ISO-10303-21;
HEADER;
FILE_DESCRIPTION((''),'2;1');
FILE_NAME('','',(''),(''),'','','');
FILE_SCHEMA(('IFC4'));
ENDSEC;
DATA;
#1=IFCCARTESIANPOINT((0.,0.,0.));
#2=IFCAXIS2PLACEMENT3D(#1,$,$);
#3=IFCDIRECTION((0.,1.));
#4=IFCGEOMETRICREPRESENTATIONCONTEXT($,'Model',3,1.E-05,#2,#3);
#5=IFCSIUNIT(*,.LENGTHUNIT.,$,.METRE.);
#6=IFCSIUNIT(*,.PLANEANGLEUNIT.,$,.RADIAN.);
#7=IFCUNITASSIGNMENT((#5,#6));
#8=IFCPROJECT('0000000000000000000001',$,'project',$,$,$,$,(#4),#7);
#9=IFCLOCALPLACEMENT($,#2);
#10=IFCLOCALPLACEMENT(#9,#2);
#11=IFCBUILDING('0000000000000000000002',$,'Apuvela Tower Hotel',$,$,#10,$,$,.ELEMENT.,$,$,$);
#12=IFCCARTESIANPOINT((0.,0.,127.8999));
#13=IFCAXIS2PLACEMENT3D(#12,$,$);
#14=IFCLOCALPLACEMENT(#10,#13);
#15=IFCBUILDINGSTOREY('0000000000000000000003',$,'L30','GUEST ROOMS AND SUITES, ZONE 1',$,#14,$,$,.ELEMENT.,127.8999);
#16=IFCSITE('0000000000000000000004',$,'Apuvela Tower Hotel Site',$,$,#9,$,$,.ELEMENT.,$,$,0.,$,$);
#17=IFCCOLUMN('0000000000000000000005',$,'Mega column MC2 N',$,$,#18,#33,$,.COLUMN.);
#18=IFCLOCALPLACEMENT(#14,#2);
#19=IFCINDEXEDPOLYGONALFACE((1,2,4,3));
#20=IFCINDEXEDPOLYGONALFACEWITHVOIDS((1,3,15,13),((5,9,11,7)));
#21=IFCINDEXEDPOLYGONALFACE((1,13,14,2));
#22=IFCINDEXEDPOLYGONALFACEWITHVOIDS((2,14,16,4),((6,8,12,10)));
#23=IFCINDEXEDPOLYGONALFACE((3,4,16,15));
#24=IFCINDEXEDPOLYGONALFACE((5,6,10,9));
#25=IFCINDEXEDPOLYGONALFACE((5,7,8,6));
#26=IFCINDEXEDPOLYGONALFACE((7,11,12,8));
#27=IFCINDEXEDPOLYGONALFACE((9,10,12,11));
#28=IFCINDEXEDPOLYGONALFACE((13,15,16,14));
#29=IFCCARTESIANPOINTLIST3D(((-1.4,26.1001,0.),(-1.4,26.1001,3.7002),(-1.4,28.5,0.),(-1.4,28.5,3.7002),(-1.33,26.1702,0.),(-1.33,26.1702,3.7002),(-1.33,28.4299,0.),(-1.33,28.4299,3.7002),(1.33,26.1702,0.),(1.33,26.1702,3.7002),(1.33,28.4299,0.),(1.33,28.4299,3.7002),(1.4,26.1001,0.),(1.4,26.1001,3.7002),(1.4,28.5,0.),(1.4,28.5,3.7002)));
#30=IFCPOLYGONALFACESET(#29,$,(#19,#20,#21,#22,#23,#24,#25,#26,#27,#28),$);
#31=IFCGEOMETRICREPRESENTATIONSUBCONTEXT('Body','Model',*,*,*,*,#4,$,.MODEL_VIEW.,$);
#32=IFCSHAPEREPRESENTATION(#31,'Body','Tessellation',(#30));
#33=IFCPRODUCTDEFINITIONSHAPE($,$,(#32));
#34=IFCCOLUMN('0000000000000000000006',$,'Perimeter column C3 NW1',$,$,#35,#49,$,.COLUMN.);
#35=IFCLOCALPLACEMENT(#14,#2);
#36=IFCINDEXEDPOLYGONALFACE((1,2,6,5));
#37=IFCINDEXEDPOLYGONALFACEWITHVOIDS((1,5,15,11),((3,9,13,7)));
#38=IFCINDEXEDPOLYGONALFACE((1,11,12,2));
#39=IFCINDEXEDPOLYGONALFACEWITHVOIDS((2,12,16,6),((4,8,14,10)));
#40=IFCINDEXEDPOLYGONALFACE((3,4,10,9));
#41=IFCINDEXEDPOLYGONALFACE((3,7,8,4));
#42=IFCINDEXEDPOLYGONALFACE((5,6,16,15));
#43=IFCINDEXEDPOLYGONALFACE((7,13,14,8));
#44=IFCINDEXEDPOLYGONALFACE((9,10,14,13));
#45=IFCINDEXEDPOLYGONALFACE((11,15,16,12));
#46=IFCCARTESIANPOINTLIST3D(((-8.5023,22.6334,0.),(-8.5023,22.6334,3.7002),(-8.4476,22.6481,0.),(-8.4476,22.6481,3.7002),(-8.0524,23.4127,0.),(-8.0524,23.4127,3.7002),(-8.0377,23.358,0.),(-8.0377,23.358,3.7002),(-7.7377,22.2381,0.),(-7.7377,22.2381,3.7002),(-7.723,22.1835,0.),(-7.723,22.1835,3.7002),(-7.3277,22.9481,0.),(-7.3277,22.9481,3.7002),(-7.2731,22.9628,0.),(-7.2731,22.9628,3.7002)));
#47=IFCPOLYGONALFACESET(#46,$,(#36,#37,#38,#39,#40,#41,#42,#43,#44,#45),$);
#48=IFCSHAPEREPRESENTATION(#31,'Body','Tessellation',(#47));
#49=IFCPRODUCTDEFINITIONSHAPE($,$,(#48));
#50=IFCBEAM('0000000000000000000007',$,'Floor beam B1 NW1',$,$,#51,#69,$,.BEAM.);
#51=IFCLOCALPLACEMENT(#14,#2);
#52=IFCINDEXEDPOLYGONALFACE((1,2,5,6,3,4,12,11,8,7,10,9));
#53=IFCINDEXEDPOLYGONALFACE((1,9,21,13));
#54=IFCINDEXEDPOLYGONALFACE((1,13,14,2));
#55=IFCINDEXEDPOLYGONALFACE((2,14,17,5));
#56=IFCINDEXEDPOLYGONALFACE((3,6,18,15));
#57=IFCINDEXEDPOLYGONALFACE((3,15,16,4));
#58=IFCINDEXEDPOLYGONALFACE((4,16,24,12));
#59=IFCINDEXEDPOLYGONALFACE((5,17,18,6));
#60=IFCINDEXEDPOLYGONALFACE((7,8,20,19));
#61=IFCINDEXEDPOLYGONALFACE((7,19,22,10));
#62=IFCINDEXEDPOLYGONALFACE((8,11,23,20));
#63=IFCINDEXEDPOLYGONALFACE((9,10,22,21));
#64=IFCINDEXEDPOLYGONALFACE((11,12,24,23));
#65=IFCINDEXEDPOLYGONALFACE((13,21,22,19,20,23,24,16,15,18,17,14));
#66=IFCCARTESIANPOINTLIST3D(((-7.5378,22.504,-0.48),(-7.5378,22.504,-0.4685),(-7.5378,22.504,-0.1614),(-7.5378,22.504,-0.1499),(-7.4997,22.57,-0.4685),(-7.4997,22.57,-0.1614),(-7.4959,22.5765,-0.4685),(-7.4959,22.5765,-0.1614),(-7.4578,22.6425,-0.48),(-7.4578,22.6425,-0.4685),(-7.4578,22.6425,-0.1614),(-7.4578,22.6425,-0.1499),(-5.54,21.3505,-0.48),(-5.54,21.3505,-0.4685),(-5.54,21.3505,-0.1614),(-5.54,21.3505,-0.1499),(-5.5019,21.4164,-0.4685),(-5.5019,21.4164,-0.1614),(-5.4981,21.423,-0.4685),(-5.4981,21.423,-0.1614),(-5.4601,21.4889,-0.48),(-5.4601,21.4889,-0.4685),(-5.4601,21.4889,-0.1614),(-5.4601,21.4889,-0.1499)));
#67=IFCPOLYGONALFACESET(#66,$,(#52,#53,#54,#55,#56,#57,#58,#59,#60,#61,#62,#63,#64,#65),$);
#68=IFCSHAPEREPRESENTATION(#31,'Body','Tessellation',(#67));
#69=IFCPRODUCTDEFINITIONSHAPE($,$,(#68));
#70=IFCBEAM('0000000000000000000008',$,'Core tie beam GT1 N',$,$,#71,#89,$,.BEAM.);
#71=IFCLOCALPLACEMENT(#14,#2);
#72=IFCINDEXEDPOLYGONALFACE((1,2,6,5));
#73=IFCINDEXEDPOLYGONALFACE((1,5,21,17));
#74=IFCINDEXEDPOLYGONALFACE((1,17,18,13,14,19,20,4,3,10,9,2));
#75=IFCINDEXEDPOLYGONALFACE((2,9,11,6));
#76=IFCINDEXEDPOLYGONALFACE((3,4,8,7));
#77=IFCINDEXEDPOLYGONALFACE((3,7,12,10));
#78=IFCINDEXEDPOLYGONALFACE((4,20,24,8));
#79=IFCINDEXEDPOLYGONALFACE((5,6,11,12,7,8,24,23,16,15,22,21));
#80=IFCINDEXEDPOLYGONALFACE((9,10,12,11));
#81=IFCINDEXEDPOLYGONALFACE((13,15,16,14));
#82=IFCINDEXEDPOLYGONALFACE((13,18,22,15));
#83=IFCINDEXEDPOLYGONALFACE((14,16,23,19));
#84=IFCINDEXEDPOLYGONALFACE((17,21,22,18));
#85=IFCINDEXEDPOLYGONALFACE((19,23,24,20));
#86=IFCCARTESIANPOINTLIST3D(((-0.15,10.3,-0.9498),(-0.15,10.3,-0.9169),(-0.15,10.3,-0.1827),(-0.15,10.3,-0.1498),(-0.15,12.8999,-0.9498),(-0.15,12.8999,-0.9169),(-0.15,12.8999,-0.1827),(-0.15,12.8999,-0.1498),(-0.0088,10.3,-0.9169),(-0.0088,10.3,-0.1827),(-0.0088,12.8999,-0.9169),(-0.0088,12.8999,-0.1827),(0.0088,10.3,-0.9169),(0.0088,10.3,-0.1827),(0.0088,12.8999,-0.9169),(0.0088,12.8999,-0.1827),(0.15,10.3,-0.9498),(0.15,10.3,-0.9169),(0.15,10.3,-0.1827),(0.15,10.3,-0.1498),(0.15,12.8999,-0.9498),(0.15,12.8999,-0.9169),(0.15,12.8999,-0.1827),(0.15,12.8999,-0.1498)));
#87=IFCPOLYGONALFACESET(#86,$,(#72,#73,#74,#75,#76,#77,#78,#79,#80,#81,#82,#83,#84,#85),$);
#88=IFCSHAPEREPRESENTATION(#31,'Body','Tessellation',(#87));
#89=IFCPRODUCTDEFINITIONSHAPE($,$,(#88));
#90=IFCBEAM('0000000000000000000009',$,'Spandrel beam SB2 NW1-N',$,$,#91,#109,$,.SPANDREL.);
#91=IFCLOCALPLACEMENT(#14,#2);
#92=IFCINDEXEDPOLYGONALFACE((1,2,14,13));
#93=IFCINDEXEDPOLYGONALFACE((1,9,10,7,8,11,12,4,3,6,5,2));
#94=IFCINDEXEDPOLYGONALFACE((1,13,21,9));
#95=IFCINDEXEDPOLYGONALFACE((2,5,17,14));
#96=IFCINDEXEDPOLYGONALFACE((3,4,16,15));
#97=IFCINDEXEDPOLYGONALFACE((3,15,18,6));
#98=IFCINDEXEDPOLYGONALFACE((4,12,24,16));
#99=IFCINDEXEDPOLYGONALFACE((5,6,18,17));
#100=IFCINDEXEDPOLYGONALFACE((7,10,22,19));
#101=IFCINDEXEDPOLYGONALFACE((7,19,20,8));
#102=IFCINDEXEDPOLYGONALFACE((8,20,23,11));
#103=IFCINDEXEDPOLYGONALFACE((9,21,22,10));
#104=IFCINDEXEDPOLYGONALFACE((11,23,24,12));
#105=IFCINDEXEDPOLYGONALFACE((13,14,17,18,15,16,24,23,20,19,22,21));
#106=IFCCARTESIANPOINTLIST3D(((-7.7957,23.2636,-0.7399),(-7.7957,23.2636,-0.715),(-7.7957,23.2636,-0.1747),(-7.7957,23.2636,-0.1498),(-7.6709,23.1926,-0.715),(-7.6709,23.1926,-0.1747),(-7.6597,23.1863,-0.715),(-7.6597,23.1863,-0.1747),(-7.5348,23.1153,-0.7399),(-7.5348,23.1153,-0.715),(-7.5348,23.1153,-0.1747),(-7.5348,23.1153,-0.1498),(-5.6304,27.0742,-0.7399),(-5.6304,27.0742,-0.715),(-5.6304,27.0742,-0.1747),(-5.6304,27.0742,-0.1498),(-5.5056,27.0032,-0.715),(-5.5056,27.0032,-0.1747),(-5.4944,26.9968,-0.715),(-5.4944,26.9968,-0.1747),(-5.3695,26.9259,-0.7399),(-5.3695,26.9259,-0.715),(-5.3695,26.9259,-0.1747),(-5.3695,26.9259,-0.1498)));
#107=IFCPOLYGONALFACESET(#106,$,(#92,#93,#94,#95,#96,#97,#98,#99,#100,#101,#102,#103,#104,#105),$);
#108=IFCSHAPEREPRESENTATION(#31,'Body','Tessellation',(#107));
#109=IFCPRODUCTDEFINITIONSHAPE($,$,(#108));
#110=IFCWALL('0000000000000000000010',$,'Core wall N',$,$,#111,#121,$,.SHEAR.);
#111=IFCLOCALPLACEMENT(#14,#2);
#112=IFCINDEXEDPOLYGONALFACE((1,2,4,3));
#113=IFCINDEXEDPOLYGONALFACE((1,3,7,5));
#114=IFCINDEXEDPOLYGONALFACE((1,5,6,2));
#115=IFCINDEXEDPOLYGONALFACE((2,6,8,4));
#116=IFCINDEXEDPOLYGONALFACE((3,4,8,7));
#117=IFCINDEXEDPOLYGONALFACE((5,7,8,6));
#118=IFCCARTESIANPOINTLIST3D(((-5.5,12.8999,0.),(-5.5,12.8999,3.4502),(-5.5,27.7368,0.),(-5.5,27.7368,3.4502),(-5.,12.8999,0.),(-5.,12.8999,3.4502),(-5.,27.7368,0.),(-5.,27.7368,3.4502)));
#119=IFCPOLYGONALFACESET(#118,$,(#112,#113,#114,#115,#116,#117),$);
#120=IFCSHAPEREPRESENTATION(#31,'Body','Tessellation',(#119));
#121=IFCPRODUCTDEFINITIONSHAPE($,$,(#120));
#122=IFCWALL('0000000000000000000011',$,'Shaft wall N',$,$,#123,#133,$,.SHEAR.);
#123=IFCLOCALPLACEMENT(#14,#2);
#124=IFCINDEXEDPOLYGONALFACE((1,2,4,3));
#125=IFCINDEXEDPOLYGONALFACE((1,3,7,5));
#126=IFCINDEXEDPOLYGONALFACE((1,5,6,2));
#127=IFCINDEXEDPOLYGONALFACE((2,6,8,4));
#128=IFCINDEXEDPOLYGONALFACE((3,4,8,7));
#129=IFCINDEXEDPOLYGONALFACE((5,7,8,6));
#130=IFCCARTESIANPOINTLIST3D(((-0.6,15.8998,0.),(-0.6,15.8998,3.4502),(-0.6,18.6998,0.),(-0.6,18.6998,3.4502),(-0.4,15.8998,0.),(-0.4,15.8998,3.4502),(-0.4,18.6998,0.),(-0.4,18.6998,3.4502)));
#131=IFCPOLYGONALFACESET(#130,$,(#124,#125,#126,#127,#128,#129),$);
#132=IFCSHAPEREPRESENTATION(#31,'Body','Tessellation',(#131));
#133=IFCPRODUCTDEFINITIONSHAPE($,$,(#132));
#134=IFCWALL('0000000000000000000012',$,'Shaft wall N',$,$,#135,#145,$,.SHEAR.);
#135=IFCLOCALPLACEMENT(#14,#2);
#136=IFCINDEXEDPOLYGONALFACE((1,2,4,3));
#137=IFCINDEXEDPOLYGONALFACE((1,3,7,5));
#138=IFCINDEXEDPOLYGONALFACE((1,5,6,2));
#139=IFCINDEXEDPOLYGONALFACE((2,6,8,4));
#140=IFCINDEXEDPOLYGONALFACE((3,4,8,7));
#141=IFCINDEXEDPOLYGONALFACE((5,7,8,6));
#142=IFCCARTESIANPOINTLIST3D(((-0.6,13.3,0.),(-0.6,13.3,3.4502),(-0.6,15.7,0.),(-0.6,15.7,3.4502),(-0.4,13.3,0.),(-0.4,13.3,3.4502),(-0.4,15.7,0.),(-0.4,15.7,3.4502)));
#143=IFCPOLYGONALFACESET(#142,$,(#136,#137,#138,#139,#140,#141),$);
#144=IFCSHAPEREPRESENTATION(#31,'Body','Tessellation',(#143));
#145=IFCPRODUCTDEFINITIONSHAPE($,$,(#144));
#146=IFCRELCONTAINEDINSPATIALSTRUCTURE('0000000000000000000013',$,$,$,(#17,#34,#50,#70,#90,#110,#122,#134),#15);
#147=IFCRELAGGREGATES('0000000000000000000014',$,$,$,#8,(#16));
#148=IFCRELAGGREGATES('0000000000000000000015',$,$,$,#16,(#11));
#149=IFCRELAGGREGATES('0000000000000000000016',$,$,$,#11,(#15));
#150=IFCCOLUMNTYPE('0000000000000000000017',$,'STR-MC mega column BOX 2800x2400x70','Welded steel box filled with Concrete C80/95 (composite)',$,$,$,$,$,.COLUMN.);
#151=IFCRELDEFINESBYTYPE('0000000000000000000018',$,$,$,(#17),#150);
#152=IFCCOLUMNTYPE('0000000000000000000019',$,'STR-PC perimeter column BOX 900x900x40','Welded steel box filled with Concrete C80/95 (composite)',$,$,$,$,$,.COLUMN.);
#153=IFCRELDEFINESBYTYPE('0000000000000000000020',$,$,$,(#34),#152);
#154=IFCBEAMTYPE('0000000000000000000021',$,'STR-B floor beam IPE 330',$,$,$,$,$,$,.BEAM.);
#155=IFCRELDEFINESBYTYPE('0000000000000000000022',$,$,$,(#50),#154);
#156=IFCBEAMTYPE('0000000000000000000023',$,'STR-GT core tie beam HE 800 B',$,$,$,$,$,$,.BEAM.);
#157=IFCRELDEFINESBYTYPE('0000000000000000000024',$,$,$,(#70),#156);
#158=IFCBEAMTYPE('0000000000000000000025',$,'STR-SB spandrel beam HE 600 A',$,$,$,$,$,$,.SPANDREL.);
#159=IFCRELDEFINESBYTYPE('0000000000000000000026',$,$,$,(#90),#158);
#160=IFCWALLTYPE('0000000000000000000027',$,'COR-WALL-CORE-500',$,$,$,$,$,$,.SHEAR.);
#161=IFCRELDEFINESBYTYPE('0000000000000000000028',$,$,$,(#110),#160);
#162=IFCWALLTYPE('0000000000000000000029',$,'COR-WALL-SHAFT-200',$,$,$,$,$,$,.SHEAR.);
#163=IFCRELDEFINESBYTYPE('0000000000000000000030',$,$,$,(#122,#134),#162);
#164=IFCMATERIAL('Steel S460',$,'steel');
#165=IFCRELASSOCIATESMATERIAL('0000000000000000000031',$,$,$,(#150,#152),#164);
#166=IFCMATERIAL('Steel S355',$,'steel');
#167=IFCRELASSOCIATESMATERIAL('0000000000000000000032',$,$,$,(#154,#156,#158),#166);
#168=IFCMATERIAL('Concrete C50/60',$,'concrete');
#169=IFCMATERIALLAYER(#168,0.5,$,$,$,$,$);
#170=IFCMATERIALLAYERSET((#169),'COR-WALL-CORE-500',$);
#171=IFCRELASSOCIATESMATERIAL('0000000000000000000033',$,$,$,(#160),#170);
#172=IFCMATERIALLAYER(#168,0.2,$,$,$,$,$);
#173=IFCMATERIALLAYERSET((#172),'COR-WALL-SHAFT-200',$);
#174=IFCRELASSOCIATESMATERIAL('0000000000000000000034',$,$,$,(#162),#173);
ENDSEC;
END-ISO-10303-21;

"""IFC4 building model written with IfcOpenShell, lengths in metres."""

from ifc_helpers import new_model, si_unit, direction, frame, frame_2d, origin, origin_2d, place, context, subcontext, project, spatial, rectangle, hollow_rectangle, i_section, extrude, material, layer, layer_set, material_profile, profile_set, type_object, element, save


model = new_model("IFC4")

# Units and contexts
model_context = context("Model", 3, precision=1e-05, world=origin(), true_north=direction((0.0, 1.0)))
body_context = subcontext(model_context, "Body", "Model", "MODEL_VIEW")
ifc_project = project(units=[si_unit("LENGTHUNIT", "METRE"), si_unit("PLANEANGLEUNIT", "RADIAN")], contexts=[model_context])

# Site, building, storey
site_placement = place(None, origin())
site = spatial("IfcSite", under=ifc_project, at=site_placement, Name="Apuvela Tower Hotel Site", CompositionType="ELEMENT", RefElevation=0.0)
building_placement = place(site_placement, origin())
building = spatial("IfcBuilding", under=site, at=building_placement, Name="Apuvela Tower Hotel", CompositionType="ELEMENT")
storey_placement = place(building_placement, frame((0.0, 0.0, 127.8999)))
storey = spatial("IfcBuildingStorey", under=building, at=storey_placement, Name="L30", Description="GUEST ROOMS AND SUITES, ZONE 1", CompositionType="ELEMENT", Elevation=127.8999)

# Columns
ifc_material_1 = material(Name="Steel S460", Category="steel")
ifc_material_profile_1 = material_profile(ifc_material_1, hollow_rectangle(XDim=2.8, YDim=2.3999, WallThickness=0.0701, at=origin_2d()), Name="BOX 2800x2400x70")
ifc_material_2 = material(Name="Concrete C80/95", Category="concrete")
ifc_material_profile_2 = material_profile(ifc_material_2, rectangle(XDim=2.6599, YDim=2.26, at=origin_2d()), Name="Concrete C80/95 infill")
ifc_profile_set_1 = profile_set([ifc_material_profile_1, ifc_material_profile_2], Name="Steel S460")
column_type_1 = type_object("IfcColumnType", Name="STR-MC mega column BOX 2800x2400x70", Description="Welded steel box filled with Concrete C80/95 (composite)", PredefinedType="COLUMN", material=ifc_profile_set_1)
column_1_placement = place(storey_placement, frame((0.0, 27.3, 0.0), z_axis=(0.0, 0.0, 1.0), x_axis=(1.0, 0.0, 0.0)))
element("IfcColumn", 1, at=column_1_placement, inside=storey, type_object=column_type_1, Name="Mega column MC2 N", PredefinedType="COLUMN", context=body_context, shape_type="SweptSolid", body=[
    extrude(hollow_rectangle(XDim=2.8, YDim=2.3999, WallThickness=0.0701, at=origin_2d()), origin(), (0.0, 0.0, 1.0), 3.7002),
])
ifc_material_profile_3 = material_profile(ifc_material_1, hollow_rectangle(XDim=0.8999, YDim=0.8999, WallThickness=0.04, at=origin_2d()), Name="BOX 900x900x40")
ifc_material_profile_4 = material_profile(ifc_material_2, rectangle(XDim=0.8201, YDim=0.8201, at=origin_2d()), Name="Concrete C80/95 infill")
ifc_profile_set_2 = profile_set([ifc_material_profile_3, ifc_material_profile_4], Name="Steel S460")
column_type_2 = type_object("IfcColumnType", Name="STR-PC perimeter column BOX 900x900x40", Description="Welded steel box filled with Concrete C80/95 (composite)", PredefinedType="COLUMN", material=ifc_profile_set_2)
column_2_placement = place(storey_placement, frame((-7.8877, 22.7981, 0.0), z_axis=(0.0, 0.0, 1.0), x_axis=(0.5, 0.866025, 0.0)))
element("IfcColumn", 2, at=column_2_placement, inside=storey, type_object=column_type_2, Name="Perimeter column C3 NW1", PredefinedType="COLUMN", context=body_context, shape_type="SweptSolid", body=[
    extrude(hollow_rectangle(XDim=0.8999, YDim=0.8999, WallThickness=0.04, at=origin_2d()), origin(), (0.0, 0.0, 1.0), 3.7002),
])

# Beams
ifc_material_3 = material(Name="Steel S355", Category="steel")
ifc_material_profile_5 = material_profile(ifc_material_3, i_section(OverallWidth=0.1599, OverallDepth=0.3301, WebThickness=0.0076, FlangeThickness=0.0115, at=origin_2d()), Name="IPE 330")
ifc_profile_set_3 = profile_set([ifc_material_profile_5], Name="Steel S355")
beam_type_1 = type_object("IfcBeamType", Name="STR-B floor beam IPE 330", PredefinedType="BEAM", material=ifc_profile_set_3)
beam_1_placement = place(storey_placement, frame((-7.4978, 22.5732, -0.3149), z_axis=(0.866001, -0.500043, 0.0), x_axis=(0.500043, 0.866001, 0.0)))
element("IfcBeam", 3, at=beam_1_placement, inside=storey, type_object=beam_type_1, Name="Floor beam B1 NW1", PredefinedType="BEAM", context=body_context, shape_type="SweptSolid", body=[
    extrude(i_section(OverallWidth=0.1599, OverallDepth=0.3301, WebThickness=0.0076, FlangeThickness=0.0115, at=origin_2d()), origin(), (0.0, 0.0, 1.0), 2.3069),
])
ifc_material_profile_6 = material_profile(ifc_material_3, i_section(OverallWidth=0.3, OverallDepth=0.8, WebThickness=0.0176, FlangeThickness=0.033, at=origin_2d()), Name="HE 800 B")
ifc_profile_set_4 = profile_set([ifc_material_profile_6], Name="Steel S355")
beam_type_2 = type_object("IfcBeamType", Name="STR-GT core tie beam HE 800 B", PredefinedType="BEAM", material=ifc_profile_set_4)
beam_2_placement = place(storey_placement, frame((0.0, 12.8999, -0.5498), z_axis=(0.0, -1.0, 0.0), x_axis=(1.0, 0.0, 0.0)))
element("IfcBeam", 4, at=beam_2_placement, inside=storey, type_object=beam_type_2, Name="Core tie beam GT1 N", PredefinedType="BEAM", context=body_context, shape_type="SweptSolid", body=[
    extrude(i_section(OverallWidth=0.3, OverallDepth=0.8, WebThickness=0.0176, FlangeThickness=0.033, at=origin_2d()), origin(), (0.0, 0.0, 1.0), 2.5999),
])
ifc_material_profile_7 = material_profile(ifc_material_3, i_section(OverallWidth=0.3, OverallDepth=0.5901, WebThickness=0.0129, FlangeThickness=0.0249, at=origin_2d()), Name="HE 600 A")
ifc_profile_set_5 = profile_set([ifc_material_profile_7], Name="Steel S355")
beam_type_3 = type_object("IfcBeamType", Name="STR-SB spandrel beam HE 600 A", PredefinedType="SPANDREL", material=ifc_profile_set_5)
beam_3_placement = place(storey_placement, frame((-7.6653, 23.1895, -0.4448), z_axis=(0.494044, 0.869437, 0.0), x_axis=(-0.869437, 0.494044, 0.0)))
element("IfcBeam", 5, at=beam_3_placement, inside=storey, type_object=beam_type_3, Name="Spandrel beam SB2 NW1-N", PredefinedType="SPANDREL", context=body_context, shape_type="SweptSolid", body=[
    extrude(i_section(OverallWidth=0.3, OverallDepth=0.5901, WebThickness=0.0129, FlangeThickness=0.0249, at=origin_2d()), origin(), (0.0, 0.0, 1.0), 4.3828),
])

# Walls
ifc_material_4 = material(Name="Concrete C50/60", Category="concrete")
ifc_layer_1 = layer(ifc_material_4, 0.5)
ifc_layer_set_1 = layer_set([ifc_layer_1], Name="COR-WALL-CORE-500")
wall_type_1 = type_object("IfcWallType", Name="COR-WALL-CORE-500", PredefinedType="SHEAR", material=ifc_layer_set_1)
wall_1_placement = place(storey_placement, frame((-5.25, 12.8999, 0.0), z_axis=(0.0, 0.0, 1.0), x_axis=(0.0, 1.0, 0.0)))
element("IfcWall", 6, at=wall_1_placement, inside=storey, type_object=wall_type_1, Name="Core wall N", PredefinedType="SHEAR", context=body_context, shape_type="SweptSolid", body=[
    extrude(rectangle(XDim=14.8369, YDim=0.5, at=frame_2d((7.4185, 0.0))), origin(), (0.0, 0.0, 1.0), 3.4502),
])
ifc_layer_2 = layer(ifc_material_4, 0.2)
ifc_layer_set_2 = layer_set([ifc_layer_2], Name="COR-WALL-SHAFT-200")
wall_type_2 = type_object("IfcWallType", Name="COR-WALL-SHAFT-200", PredefinedType="SHEAR", material=ifc_layer_set_2)
wall_2_placement = place(storey_placement, frame((-0.5, 15.8999, 0.0), z_axis=(0.0, 0.0, 1.0), x_axis=(0.0, 1.0, 0.0)))
element("IfcWall", 7, at=wall_2_placement, inside=storey, type_object=wall_type_2, Name="Shaft wall N", PredefinedType="SHEAR", context=body_context, shape_type="SweptSolid", body=[
    extrude(rectangle(XDim=2.8, YDim=0.2, at=frame_2d((1.3999, 0.0))), origin(), (0.0, 0.0, 1.0), 3.4502),
])
wall_3_placement = place(storey_placement, frame((-0.5, 13.3, 0.0), z_axis=(0.0, 0.0, 1.0), x_axis=(0.0, 1.0, 0.0)))
element("IfcWall", 8, at=wall_3_placement, inside=storey, type_object=wall_type_2, Name="Shaft wall N", PredefinedType="SHEAR", context=body_context, shape_type="SweptSolid", body=[
    extrude(rectangle(XDim=2.3999, YDim=0.2, at=frame_2d((1.2, 0.0))), origin(), (0.0, 0.0, 1.0), 3.4502),
])

save(model, "model.ifc")
